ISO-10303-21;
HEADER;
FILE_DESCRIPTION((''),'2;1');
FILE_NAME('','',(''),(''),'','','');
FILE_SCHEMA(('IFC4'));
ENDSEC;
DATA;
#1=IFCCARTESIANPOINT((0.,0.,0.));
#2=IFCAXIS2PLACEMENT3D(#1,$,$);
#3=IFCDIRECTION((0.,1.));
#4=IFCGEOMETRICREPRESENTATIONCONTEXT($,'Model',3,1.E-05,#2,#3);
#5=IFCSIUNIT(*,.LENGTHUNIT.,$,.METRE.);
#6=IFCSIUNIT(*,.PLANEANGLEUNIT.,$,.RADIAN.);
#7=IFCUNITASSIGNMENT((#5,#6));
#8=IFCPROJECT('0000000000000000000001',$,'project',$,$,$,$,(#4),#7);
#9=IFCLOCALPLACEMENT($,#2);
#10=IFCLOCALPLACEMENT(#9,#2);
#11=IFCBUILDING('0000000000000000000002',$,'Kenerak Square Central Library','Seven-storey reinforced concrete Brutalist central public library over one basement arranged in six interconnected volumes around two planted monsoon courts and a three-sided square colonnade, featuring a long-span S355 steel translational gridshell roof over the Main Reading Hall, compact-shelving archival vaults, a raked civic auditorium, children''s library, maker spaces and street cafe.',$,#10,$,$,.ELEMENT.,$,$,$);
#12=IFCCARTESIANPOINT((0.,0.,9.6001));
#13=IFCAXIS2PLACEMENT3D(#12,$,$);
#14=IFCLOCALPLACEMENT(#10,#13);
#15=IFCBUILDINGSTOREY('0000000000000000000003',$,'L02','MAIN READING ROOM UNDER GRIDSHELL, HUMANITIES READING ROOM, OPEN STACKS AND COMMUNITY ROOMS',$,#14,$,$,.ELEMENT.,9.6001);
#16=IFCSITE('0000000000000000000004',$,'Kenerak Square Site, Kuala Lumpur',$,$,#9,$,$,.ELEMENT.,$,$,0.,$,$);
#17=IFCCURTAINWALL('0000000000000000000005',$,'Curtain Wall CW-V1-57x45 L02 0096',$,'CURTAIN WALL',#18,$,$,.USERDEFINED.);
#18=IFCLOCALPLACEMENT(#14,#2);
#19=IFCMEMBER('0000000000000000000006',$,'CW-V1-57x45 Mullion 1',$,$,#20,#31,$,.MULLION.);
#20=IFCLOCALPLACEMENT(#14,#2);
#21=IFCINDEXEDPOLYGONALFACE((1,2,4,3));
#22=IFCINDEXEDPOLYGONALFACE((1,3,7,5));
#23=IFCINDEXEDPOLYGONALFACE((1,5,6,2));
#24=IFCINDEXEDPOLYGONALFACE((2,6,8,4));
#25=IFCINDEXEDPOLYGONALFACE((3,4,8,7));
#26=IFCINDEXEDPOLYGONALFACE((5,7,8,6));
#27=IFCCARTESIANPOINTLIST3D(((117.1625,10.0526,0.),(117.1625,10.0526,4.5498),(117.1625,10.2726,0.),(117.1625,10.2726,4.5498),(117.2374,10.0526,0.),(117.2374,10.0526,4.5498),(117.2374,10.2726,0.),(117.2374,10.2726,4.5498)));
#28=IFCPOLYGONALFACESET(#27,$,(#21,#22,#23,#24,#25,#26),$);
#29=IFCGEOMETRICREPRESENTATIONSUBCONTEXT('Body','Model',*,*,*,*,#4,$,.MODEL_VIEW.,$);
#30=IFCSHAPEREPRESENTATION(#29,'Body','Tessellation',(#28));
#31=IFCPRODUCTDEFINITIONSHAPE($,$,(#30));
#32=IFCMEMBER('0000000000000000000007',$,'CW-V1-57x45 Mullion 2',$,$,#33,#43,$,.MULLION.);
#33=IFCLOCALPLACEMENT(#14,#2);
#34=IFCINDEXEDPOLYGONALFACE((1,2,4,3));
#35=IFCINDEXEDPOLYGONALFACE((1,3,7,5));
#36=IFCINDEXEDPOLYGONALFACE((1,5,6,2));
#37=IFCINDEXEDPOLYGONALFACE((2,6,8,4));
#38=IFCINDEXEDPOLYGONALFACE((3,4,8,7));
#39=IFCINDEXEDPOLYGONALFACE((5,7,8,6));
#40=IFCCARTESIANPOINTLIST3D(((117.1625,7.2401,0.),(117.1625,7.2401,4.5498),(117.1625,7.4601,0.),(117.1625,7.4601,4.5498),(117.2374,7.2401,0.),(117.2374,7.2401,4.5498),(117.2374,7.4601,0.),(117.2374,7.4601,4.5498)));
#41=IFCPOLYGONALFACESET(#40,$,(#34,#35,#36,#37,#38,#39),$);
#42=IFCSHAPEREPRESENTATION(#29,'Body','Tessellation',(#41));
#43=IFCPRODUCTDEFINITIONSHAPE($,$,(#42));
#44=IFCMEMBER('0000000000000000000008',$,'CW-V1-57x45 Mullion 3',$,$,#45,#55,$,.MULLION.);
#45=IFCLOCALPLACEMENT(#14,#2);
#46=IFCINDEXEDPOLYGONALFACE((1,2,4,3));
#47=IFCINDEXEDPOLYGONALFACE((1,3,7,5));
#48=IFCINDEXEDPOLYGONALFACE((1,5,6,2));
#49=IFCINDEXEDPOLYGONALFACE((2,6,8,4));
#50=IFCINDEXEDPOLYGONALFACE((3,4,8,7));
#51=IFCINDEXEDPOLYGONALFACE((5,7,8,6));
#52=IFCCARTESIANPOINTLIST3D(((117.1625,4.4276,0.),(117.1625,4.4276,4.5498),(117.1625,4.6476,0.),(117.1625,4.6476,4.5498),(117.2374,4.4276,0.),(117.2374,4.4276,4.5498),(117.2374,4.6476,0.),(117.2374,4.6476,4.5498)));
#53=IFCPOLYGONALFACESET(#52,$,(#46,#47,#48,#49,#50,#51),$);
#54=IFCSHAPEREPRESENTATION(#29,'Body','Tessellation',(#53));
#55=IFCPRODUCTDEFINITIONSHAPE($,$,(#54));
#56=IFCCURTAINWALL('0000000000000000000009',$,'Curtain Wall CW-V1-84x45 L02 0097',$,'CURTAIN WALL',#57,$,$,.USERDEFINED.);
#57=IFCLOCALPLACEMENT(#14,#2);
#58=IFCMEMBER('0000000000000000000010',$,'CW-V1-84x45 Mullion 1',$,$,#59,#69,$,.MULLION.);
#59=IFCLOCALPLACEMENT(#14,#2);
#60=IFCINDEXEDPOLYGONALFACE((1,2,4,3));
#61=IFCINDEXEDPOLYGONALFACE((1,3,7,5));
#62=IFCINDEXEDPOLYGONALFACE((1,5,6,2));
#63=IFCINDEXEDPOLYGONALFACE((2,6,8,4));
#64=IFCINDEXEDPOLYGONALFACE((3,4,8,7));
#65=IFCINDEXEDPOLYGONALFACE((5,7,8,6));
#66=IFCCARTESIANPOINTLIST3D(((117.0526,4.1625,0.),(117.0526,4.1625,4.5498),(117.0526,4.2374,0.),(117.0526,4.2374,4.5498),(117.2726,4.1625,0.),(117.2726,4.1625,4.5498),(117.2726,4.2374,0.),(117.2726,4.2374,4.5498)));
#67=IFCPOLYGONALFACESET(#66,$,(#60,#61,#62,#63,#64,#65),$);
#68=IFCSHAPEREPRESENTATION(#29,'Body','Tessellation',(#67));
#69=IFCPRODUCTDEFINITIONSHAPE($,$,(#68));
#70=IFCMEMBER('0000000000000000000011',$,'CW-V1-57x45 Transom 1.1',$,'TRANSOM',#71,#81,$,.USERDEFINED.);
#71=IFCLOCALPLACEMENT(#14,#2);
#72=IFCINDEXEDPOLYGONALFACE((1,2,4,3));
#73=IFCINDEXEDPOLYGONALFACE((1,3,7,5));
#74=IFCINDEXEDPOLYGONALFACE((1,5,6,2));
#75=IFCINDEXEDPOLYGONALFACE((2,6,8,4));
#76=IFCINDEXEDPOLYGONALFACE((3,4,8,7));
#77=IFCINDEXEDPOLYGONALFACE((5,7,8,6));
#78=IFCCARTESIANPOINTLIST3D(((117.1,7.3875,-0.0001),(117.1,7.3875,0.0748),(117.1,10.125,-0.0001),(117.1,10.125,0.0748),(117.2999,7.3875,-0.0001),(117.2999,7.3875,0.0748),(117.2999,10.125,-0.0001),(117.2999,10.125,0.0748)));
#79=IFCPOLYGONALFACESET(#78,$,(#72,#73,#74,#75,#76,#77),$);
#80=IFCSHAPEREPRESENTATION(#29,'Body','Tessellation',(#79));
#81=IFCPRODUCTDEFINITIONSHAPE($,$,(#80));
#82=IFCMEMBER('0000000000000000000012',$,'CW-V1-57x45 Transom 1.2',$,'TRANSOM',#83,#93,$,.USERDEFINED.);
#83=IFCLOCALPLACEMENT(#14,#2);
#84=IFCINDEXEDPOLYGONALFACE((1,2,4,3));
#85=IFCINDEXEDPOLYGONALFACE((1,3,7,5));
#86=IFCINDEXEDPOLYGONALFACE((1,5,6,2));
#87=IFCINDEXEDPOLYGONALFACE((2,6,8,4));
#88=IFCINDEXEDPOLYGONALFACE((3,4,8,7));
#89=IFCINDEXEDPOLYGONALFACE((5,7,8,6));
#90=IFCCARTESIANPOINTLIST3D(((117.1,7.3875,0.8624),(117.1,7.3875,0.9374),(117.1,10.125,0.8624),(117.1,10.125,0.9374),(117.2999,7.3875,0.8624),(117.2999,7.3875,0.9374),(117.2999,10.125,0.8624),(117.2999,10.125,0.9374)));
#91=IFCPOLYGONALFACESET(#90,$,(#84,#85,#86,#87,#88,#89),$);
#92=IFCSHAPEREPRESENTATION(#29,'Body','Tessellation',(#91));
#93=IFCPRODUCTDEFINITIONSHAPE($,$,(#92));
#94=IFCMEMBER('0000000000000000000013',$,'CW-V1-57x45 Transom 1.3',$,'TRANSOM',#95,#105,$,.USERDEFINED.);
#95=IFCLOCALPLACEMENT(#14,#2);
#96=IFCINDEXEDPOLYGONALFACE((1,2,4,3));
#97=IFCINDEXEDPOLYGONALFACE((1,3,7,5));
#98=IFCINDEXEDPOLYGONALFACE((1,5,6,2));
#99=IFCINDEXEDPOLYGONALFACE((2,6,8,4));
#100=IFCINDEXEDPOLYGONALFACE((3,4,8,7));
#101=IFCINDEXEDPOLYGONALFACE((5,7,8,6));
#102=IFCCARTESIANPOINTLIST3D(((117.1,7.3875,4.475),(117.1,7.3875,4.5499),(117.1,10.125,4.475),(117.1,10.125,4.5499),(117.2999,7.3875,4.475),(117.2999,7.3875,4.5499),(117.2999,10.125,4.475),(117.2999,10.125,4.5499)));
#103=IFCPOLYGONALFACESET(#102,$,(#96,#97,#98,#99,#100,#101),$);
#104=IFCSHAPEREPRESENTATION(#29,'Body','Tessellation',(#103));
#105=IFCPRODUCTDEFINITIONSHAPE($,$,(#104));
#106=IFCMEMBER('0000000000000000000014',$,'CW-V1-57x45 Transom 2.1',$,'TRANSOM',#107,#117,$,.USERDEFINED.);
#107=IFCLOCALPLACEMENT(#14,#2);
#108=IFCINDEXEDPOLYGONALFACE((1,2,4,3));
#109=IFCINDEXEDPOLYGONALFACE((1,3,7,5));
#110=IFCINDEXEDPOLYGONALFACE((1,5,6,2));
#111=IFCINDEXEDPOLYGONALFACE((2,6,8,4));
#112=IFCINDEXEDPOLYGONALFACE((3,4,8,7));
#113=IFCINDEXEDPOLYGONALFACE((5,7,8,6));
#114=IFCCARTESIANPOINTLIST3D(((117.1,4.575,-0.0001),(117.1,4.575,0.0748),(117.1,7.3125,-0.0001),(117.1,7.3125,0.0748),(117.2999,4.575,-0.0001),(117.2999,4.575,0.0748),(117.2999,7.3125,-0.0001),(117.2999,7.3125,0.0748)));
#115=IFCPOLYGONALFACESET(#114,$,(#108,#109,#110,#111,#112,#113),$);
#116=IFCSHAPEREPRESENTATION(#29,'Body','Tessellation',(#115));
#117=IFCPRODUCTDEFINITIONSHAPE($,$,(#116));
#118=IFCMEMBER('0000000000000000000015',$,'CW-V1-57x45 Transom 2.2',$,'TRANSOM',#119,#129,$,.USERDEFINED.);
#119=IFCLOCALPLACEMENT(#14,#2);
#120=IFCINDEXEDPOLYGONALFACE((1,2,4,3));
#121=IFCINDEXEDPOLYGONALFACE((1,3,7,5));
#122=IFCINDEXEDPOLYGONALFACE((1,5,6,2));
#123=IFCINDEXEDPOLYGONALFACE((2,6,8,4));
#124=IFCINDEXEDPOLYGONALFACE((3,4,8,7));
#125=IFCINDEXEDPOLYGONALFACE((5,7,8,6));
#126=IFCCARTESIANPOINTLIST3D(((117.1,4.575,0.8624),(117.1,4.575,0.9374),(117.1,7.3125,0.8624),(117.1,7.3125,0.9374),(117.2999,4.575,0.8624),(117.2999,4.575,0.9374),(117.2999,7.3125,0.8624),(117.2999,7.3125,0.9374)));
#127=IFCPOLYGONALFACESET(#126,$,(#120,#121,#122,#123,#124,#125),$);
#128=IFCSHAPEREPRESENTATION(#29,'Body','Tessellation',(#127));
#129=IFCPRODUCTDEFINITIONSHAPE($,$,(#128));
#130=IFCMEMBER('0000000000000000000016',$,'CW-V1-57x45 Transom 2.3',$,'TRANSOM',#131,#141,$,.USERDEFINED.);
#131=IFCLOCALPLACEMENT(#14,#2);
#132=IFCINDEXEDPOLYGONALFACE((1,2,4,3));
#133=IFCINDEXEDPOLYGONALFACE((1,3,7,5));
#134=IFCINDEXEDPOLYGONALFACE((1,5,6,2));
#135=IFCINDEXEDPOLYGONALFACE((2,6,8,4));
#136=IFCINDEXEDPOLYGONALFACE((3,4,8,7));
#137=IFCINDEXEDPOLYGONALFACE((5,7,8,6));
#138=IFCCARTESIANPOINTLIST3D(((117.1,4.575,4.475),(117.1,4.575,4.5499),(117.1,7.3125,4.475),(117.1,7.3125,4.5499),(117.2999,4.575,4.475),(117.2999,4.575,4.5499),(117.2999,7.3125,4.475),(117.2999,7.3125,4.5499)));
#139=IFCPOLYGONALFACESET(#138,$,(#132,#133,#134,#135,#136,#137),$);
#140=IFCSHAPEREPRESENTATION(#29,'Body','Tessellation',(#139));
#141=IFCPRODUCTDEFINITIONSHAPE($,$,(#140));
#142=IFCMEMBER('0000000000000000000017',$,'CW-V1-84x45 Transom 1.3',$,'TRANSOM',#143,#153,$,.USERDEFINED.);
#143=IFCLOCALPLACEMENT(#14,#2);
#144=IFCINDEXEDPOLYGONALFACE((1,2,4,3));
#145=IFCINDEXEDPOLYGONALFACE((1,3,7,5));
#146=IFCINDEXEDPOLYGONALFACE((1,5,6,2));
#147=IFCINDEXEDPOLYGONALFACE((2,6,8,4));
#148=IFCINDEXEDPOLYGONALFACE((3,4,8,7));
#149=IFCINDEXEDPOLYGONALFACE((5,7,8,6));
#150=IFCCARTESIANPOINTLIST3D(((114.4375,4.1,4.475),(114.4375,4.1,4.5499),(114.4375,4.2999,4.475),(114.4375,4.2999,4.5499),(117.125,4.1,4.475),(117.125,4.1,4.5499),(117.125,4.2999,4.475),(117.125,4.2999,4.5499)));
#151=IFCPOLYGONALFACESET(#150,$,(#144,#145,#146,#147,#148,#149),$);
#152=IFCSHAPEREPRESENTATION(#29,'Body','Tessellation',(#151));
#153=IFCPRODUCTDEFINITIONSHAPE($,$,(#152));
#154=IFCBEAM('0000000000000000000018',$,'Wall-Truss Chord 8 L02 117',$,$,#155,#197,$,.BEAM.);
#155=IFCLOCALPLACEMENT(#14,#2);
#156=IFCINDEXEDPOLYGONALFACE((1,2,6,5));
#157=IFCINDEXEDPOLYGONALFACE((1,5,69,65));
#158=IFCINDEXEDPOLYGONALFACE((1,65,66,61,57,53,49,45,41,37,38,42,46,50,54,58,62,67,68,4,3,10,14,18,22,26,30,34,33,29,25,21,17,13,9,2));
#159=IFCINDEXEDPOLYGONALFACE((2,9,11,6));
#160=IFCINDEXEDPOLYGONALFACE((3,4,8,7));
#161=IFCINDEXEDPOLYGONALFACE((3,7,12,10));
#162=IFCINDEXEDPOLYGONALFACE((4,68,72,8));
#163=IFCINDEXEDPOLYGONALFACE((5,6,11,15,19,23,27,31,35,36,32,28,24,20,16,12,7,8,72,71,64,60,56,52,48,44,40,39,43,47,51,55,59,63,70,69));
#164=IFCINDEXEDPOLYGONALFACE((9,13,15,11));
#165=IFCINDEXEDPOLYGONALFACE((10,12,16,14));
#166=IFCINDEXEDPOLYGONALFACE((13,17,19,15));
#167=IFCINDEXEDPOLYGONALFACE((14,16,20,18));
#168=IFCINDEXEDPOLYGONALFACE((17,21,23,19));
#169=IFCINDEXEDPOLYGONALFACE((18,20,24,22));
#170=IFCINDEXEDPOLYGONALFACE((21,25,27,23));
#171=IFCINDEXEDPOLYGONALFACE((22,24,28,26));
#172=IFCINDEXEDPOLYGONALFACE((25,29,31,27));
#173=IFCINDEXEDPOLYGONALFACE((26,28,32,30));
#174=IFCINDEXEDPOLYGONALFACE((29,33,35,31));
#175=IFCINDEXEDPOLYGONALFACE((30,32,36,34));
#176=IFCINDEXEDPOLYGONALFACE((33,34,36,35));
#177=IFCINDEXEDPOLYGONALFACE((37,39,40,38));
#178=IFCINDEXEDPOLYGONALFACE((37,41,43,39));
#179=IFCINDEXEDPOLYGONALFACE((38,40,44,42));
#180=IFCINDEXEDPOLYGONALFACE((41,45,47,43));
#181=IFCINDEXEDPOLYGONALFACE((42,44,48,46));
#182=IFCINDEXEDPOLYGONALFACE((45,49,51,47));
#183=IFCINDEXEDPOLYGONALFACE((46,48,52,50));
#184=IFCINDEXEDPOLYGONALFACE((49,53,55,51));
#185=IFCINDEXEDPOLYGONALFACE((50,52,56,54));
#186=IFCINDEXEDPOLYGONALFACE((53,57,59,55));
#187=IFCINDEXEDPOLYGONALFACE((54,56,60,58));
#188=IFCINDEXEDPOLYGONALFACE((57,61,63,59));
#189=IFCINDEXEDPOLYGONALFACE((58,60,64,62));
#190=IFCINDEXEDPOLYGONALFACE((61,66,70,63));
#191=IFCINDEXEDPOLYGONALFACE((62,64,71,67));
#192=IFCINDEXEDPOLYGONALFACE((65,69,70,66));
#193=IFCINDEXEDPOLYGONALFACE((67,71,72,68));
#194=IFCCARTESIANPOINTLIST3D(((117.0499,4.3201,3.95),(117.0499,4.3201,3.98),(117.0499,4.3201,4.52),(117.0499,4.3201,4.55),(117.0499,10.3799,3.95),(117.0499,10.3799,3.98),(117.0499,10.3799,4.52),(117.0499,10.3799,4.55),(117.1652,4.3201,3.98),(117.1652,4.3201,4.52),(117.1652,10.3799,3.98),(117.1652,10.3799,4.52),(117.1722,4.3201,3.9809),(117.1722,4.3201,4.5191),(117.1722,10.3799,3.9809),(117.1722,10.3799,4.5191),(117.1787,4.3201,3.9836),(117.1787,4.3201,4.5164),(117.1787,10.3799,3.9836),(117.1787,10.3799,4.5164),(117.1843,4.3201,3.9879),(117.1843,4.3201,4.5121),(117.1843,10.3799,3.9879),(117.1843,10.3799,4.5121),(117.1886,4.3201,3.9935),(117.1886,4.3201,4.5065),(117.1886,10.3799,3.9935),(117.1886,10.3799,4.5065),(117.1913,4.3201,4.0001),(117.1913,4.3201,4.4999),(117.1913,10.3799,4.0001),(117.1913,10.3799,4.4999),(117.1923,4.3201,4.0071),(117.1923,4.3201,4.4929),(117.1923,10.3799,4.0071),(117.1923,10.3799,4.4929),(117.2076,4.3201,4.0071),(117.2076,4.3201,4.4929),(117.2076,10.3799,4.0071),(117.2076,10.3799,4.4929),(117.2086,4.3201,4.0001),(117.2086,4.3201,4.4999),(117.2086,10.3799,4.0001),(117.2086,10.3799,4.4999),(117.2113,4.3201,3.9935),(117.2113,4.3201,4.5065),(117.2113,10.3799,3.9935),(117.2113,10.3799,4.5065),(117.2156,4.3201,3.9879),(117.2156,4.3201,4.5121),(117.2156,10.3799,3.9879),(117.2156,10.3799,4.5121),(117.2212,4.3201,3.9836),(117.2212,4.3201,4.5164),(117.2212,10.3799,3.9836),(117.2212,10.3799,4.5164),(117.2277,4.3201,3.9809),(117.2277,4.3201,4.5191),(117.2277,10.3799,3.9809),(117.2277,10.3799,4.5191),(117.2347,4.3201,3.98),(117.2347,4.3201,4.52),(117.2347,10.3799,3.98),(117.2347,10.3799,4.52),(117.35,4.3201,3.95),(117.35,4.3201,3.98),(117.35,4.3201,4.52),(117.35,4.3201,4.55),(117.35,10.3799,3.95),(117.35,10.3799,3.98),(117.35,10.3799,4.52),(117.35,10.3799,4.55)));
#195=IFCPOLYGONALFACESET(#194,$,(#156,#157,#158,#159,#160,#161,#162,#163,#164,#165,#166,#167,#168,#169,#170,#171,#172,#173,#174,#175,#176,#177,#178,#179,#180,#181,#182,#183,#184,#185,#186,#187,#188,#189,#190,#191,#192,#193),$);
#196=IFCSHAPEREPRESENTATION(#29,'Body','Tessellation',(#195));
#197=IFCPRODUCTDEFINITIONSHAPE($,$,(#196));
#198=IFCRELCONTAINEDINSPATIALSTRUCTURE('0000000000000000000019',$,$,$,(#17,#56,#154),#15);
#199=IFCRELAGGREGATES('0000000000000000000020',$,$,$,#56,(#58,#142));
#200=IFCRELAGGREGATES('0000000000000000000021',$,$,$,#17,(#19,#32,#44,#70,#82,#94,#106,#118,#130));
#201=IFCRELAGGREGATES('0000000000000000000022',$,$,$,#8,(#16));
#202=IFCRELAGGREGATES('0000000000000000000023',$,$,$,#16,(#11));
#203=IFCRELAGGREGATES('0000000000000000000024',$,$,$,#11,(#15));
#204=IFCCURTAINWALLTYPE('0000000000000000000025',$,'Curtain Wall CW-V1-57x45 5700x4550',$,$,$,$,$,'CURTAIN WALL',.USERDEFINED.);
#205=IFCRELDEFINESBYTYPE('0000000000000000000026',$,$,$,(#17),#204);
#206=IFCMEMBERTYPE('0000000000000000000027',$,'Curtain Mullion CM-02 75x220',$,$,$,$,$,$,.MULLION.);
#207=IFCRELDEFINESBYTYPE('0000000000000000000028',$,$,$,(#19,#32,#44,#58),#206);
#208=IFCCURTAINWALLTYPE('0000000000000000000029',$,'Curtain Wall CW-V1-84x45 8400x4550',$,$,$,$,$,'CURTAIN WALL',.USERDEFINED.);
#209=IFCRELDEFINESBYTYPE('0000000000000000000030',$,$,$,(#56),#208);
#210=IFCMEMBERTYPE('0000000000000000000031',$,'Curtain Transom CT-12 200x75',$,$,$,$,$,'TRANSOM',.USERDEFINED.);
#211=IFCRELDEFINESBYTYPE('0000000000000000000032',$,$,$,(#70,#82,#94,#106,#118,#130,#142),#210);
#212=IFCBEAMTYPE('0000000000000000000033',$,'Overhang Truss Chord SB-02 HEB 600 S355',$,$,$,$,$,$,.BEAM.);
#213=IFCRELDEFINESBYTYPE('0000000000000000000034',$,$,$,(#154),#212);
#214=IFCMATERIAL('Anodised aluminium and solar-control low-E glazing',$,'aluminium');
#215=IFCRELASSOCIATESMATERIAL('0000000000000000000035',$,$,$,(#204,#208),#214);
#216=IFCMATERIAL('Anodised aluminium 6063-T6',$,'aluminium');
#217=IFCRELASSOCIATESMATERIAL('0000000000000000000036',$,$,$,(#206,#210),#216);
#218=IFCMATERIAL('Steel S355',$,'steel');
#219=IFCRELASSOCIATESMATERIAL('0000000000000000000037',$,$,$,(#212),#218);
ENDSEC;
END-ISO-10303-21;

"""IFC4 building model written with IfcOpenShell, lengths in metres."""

from ifc_helpers import new_model, si_unit, direction, frame, origin, origin_2d, place, context, subcontext, project, spatial, rectangle, i_section, extrude, material, material_profile, profile_set, type_object, element, aggregate, save


model = new_model("IFC4")

# Units and contexts
model_context = context("Model", 3, precision=1e-05, world=origin(), true_north=direction((0.0, 1.0)))
body_context = subcontext(model_context, "Body", "Model", "MODEL_VIEW")
ifc_project = project(units=[si_unit("LENGTHUNIT", "METRE"), si_unit("PLANEANGLEUNIT", "RADIAN")], contexts=[model_context])

# Site, building, storey
site_placement = place(None, origin())
site = spatial("IfcSite", under=ifc_project, at=site_placement, Name="Kenerak Square Site, Kuala Lumpur", CompositionType="ELEMENT", RefElevation=0.0)
building_placement = place(site_placement, origin())
building = spatial("IfcBuilding", under=site, at=building_placement, Name="Kenerak Square Central Library", Description="Seven-storey reinforced concrete Brutalist central public library over one basement arranged in six interconnected volumes around two planted monsoon courts and a three-sided square colonnade, featuring a long-span S355 steel translational gridshell roof over the Main Reading Hall, compact-shelving archival vaults, a raked civic auditorium, children's library, maker spaces and street cafe.", CompositionType="ELEMENT")
storey_placement = place(building_placement, frame((0.0, 0.0, 9.6001)))
storey = spatial("IfcBuildingStorey", under=building, at=storey_placement, Name="L02", Description="MAIN READING ROOM UNDER GRIDSHELL, HUMANITIES READING ROOM, OPEN STACKS AND COMMUNITY ROOMS", CompositionType="ELEMENT", Elevation=9.6001)

# Curtain wall, members
ifc_material_1 = material(Name="Anodised aluminium and solar-control low-E glazing", Category="aluminium")
curtain_wall_type_1 = type_object("IfcCurtainWallType", Name="Curtain Wall CW-V1-57x45 5700x4550", ElementType="CURTAIN WALL", PredefinedType="USERDEFINED", material=ifc_material_1)
curtain_wall_1_placement = place(storey_placement, origin())
curtain_wall_1 = element("IfcCurtainWall", 1, at=curtain_wall_1_placement, inside=storey, type_object=curtain_wall_type_1, Name="Curtain Wall CW-V1-57x45 L02 0096", ObjectType="CURTAIN WALL", PredefinedType="USERDEFINED")
ifc_material_2 = material(Name="Anodised aluminium 6063-T6", Category="aluminium")
ifc_material_profile_1 = material_profile(ifc_material_2, rectangle(XDim=0.075, YDim=0.22, at=origin_2d()), Name="AL MULLION 75x220")
ifc_profile_set_1 = profile_set([ifc_material_profile_1], Name="Anodised aluminium 6063-T6")
member_type_1 = type_object("IfcMemberType", Name="Curtain Mullion CM-02 75x220", PredefinedType="MULLION", material=ifc_profile_set_1)
member_1_placement = place(storey_placement, frame((117.2, 10.1626, 0.0), z_axis=(0.0, 0.0, 1.0), x_axis=(1.0, 0.0, 0.0)))
member_1 = element("IfcMember", 2, at=member_1_placement, type_object=member_type_1, Name="CW-V1-57x45 Mullion 1", PredefinedType="MULLION", context=body_context, shape_type="SweptSolid", body=[
    extrude(rectangle(XDim=0.075, YDim=0.22, at=origin_2d()), origin(), (0.0, 0.0, 1.0), 4.5498),
])
member_2_placement = place(storey_placement, frame((117.2, 7.3501, 0.0), z_axis=(0.0, 0.0, 1.0), x_axis=(1.0, 0.0, 0.0)))
member_2 = element("IfcMember", 3, at=member_2_placement, type_object=member_type_1, Name="CW-V1-57x45 Mullion 2", PredefinedType="MULLION", context=body_context, shape_type="SweptSolid", body=[
    extrude(rectangle(XDim=0.075, YDim=0.22, at=origin_2d()), origin(), (0.0, 0.0, 1.0), 4.5498),
])
member_3_placement = place(storey_placement, frame((117.2, 4.5376, 0.0), z_axis=(0.0, 0.0, 1.0), x_axis=(1.0, 0.0, 0.0)))
member_3 = element("IfcMember", 4, at=member_3_placement, type_object=member_type_1, Name="CW-V1-57x45 Mullion 3", PredefinedType="MULLION", context=body_context, shape_type="SweptSolid", body=[
    extrude(rectangle(XDim=0.075, YDim=0.22, at=origin_2d()), origin(), (0.0, 0.0, 1.0), 4.5498),
])

# Curtain wall, member
curtain_wall_type_2 = type_object("IfcCurtainWallType", Name="Curtain Wall CW-V1-84x45 8400x4550", ElementType="CURTAIN WALL", PredefinedType="USERDEFINED", material=ifc_material_1)
curtain_wall_2_placement = place(storey_placement, origin())
curtain_wall_2 = element("IfcCurtainWall", 5, at=curtain_wall_2_placement, inside=storey, type_object=curtain_wall_type_2, Name="Curtain Wall CW-V1-84x45 L02 0097", ObjectType="CURTAIN WALL", PredefinedType="USERDEFINED")
member_4_placement = place(storey_placement, frame((117.1626, 4.2, 0.0), z_axis=(0.0, 0.0, 1.0), x_axis=(0.0, -1.0, 0.0)))
member_4 = element("IfcMember", 6, at=member_4_placement, type_object=member_type_1, Name="CW-V1-84x45 Mullion 1", PredefinedType="MULLION", context=body_context, shape_type="SweptSolid", body=[
    extrude(rectangle(XDim=0.075, YDim=0.22, at=origin_2d()), origin(), (0.0, 0.0, 1.0), 4.5498),
])

# Members
ifc_material_profile_2 = material_profile(ifc_material_2, rectangle(XDim=0.2, YDim=0.075, at=origin_2d()), Name="AL TRANSOM 200x75")
ifc_profile_set_2 = profile_set([ifc_material_profile_2], Name="Anodised aluminium 6063-T6")
member_type_2 = type_object("IfcMemberType", Name="Curtain Transom CT-12 200x75", ElementType="TRANSOM", PredefinedType="USERDEFINED", material=ifc_profile_set_2)
member_5_placement = place(storey_placement, frame((117.2, 10.125, 0.0374), z_axis=(0.0, -1.0, 0.0), x_axis=(1.0, 0.0, 0.0)))
member_5 = element("IfcMember", 7, at=member_5_placement, type_object=member_type_2, Name="CW-V1-57x45 Transom 1.1", ObjectType="TRANSOM", PredefinedType="USERDEFINED", context=body_context, shape_type="SweptSolid", body=[
    extrude(rectangle(XDim=0.2, YDim=0.075, at=origin_2d()), origin(), (0.0, 0.0, 1.0), 2.7375),
])
member_6_placement = place(storey_placement, frame((117.2, 10.125, 0.8999), z_axis=(0.0, -1.0, 0.0), x_axis=(1.0, 0.0, 0.0)))
member_6 = element("IfcMember", 8, at=member_6_placement, type_object=member_type_2, Name="CW-V1-57x45 Transom 1.2", ObjectType="TRANSOM", PredefinedType="USERDEFINED", context=body_context, shape_type="SweptSolid", body=[
    extrude(rectangle(XDim=0.2, YDim=0.075, at=origin_2d()), origin(), (0.0, 0.0, 1.0), 2.7375),
])
member_7_placement = place(storey_placement, frame((117.2, 10.125, 4.5125), z_axis=(0.0, -1.0, 0.0), x_axis=(1.0, 0.0, 0.0)))
member_7 = element("IfcMember", 9, at=member_7_placement, type_object=member_type_2, Name="CW-V1-57x45 Transom 1.3", ObjectType="TRANSOM", PredefinedType="USERDEFINED", context=body_context, shape_type="SweptSolid", body=[
    extrude(rectangle(XDim=0.2, YDim=0.075, at=origin_2d()), origin(), (0.0, 0.0, 1.0), 2.7375),
])
member_8_placement = place(storey_placement, frame((117.2, 7.3125, 0.0374), z_axis=(0.0, -1.0, 0.0), x_axis=(1.0, 0.0, 0.0)))
member_8 = element("IfcMember", 10, at=member_8_placement, type_object=member_type_2, Name="CW-V1-57x45 Transom 2.1", ObjectType="TRANSOM", PredefinedType="USERDEFINED", context=body_context, shape_type="SweptSolid", body=[
    extrude(rectangle(XDim=0.2, YDim=0.075, at=origin_2d()), origin(), (0.0, 0.0, 1.0), 2.7375),
])
member_9_placement = place(storey_placement, frame((117.2, 7.3125, 0.8999), z_axis=(0.0, -1.0, 0.0), x_axis=(1.0, 0.0, 0.0)))
member_9 = element("IfcMember", 11, at=member_9_placement, type_object=member_type_2, Name="CW-V1-57x45 Transom 2.2", ObjectType="TRANSOM", PredefinedType="USERDEFINED", context=body_context, shape_type="SweptSolid", body=[
    extrude(rectangle(XDim=0.2, YDim=0.075, at=origin_2d()), origin(), (0.0, 0.0, 1.0), 2.7375),
])
member_10_placement = place(storey_placement, frame((117.2, 7.3125, 4.5125), z_axis=(0.0, -1.0, 0.0), x_axis=(1.0, 0.0, 0.0)))
member_10 = element("IfcMember", 12, at=member_10_placement, type_object=member_type_2, Name="CW-V1-57x45 Transom 2.3", ObjectType="TRANSOM", PredefinedType="USERDEFINED", context=body_context, shape_type="SweptSolid", body=[
    extrude(rectangle(XDim=0.2, YDim=0.075, at=origin_2d()), origin(), (0.0, 0.0, 1.0), 2.7375),
])
member_11_placement = place(storey_placement, frame((117.125, 4.2, 4.5125), z_axis=(-1.0, 0.0, 0.0), x_axis=(0.0, -1.0, 0.0)))
member_11 = element("IfcMember", 13, at=member_11_placement, type_object=member_type_2, Name="CW-V1-84x45 Transom 1.3", ObjectType="TRANSOM", PredefinedType="USERDEFINED", context=body_context, shape_type="SweptSolid", body=[
    extrude(rectangle(XDim=0.2, YDim=0.075, at=origin_2d()), origin(), (0.0, 0.0, 1.0), 2.6875),
])
aggregate(curtain_wall_2, [member_4, member_11])

# Beam
ifc_material_3 = material(Name="Steel S355", Category="steel")
ifc_material_profile_3 = material_profile(ifc_material_3, i_section(OverallWidth=0.3, OverallDepth=0.6001, WebThickness=0.0154, FlangeThickness=0.03, FilletRadius=0.0271, at=origin_2d()), Name="HEB 600")
ifc_profile_set_3 = profile_set([ifc_material_profile_3], Name="Steel S355")
beam_type = type_object("IfcBeamType", Name="Overhang Truss Chord SB-02 HEB 600 S355", PredefinedType="BEAM", material=ifc_profile_set_3)
beam_1_placement = place(storey_placement, frame((117.2, 4.3201, 4.25), z_axis=(0.0, 1.0, 0.0), x_axis=(-1.0, 0.0, 0.0)))
element("IfcBeam", 14, at=beam_1_placement, inside=storey, type_object=beam_type, Name="Wall-Truss Chord 8 L02 117", PredefinedType="BEAM", context=body_context, shape_type="SweptSolid", body=[
    extrude(i_section(OverallWidth=0.3, OverallDepth=0.6001, WebThickness=0.0154, FlangeThickness=0.03, FilletRadius=0.0271, at=origin_2d()), origin(), (0.0, 0.0, 1.0), 6.0598),
])

aggregate(curtain_wall_1, [member_1, member_2, member_3, member_5, member_6, member_7, member_8, member_9, member_10])

save(model, "model.ifc")
